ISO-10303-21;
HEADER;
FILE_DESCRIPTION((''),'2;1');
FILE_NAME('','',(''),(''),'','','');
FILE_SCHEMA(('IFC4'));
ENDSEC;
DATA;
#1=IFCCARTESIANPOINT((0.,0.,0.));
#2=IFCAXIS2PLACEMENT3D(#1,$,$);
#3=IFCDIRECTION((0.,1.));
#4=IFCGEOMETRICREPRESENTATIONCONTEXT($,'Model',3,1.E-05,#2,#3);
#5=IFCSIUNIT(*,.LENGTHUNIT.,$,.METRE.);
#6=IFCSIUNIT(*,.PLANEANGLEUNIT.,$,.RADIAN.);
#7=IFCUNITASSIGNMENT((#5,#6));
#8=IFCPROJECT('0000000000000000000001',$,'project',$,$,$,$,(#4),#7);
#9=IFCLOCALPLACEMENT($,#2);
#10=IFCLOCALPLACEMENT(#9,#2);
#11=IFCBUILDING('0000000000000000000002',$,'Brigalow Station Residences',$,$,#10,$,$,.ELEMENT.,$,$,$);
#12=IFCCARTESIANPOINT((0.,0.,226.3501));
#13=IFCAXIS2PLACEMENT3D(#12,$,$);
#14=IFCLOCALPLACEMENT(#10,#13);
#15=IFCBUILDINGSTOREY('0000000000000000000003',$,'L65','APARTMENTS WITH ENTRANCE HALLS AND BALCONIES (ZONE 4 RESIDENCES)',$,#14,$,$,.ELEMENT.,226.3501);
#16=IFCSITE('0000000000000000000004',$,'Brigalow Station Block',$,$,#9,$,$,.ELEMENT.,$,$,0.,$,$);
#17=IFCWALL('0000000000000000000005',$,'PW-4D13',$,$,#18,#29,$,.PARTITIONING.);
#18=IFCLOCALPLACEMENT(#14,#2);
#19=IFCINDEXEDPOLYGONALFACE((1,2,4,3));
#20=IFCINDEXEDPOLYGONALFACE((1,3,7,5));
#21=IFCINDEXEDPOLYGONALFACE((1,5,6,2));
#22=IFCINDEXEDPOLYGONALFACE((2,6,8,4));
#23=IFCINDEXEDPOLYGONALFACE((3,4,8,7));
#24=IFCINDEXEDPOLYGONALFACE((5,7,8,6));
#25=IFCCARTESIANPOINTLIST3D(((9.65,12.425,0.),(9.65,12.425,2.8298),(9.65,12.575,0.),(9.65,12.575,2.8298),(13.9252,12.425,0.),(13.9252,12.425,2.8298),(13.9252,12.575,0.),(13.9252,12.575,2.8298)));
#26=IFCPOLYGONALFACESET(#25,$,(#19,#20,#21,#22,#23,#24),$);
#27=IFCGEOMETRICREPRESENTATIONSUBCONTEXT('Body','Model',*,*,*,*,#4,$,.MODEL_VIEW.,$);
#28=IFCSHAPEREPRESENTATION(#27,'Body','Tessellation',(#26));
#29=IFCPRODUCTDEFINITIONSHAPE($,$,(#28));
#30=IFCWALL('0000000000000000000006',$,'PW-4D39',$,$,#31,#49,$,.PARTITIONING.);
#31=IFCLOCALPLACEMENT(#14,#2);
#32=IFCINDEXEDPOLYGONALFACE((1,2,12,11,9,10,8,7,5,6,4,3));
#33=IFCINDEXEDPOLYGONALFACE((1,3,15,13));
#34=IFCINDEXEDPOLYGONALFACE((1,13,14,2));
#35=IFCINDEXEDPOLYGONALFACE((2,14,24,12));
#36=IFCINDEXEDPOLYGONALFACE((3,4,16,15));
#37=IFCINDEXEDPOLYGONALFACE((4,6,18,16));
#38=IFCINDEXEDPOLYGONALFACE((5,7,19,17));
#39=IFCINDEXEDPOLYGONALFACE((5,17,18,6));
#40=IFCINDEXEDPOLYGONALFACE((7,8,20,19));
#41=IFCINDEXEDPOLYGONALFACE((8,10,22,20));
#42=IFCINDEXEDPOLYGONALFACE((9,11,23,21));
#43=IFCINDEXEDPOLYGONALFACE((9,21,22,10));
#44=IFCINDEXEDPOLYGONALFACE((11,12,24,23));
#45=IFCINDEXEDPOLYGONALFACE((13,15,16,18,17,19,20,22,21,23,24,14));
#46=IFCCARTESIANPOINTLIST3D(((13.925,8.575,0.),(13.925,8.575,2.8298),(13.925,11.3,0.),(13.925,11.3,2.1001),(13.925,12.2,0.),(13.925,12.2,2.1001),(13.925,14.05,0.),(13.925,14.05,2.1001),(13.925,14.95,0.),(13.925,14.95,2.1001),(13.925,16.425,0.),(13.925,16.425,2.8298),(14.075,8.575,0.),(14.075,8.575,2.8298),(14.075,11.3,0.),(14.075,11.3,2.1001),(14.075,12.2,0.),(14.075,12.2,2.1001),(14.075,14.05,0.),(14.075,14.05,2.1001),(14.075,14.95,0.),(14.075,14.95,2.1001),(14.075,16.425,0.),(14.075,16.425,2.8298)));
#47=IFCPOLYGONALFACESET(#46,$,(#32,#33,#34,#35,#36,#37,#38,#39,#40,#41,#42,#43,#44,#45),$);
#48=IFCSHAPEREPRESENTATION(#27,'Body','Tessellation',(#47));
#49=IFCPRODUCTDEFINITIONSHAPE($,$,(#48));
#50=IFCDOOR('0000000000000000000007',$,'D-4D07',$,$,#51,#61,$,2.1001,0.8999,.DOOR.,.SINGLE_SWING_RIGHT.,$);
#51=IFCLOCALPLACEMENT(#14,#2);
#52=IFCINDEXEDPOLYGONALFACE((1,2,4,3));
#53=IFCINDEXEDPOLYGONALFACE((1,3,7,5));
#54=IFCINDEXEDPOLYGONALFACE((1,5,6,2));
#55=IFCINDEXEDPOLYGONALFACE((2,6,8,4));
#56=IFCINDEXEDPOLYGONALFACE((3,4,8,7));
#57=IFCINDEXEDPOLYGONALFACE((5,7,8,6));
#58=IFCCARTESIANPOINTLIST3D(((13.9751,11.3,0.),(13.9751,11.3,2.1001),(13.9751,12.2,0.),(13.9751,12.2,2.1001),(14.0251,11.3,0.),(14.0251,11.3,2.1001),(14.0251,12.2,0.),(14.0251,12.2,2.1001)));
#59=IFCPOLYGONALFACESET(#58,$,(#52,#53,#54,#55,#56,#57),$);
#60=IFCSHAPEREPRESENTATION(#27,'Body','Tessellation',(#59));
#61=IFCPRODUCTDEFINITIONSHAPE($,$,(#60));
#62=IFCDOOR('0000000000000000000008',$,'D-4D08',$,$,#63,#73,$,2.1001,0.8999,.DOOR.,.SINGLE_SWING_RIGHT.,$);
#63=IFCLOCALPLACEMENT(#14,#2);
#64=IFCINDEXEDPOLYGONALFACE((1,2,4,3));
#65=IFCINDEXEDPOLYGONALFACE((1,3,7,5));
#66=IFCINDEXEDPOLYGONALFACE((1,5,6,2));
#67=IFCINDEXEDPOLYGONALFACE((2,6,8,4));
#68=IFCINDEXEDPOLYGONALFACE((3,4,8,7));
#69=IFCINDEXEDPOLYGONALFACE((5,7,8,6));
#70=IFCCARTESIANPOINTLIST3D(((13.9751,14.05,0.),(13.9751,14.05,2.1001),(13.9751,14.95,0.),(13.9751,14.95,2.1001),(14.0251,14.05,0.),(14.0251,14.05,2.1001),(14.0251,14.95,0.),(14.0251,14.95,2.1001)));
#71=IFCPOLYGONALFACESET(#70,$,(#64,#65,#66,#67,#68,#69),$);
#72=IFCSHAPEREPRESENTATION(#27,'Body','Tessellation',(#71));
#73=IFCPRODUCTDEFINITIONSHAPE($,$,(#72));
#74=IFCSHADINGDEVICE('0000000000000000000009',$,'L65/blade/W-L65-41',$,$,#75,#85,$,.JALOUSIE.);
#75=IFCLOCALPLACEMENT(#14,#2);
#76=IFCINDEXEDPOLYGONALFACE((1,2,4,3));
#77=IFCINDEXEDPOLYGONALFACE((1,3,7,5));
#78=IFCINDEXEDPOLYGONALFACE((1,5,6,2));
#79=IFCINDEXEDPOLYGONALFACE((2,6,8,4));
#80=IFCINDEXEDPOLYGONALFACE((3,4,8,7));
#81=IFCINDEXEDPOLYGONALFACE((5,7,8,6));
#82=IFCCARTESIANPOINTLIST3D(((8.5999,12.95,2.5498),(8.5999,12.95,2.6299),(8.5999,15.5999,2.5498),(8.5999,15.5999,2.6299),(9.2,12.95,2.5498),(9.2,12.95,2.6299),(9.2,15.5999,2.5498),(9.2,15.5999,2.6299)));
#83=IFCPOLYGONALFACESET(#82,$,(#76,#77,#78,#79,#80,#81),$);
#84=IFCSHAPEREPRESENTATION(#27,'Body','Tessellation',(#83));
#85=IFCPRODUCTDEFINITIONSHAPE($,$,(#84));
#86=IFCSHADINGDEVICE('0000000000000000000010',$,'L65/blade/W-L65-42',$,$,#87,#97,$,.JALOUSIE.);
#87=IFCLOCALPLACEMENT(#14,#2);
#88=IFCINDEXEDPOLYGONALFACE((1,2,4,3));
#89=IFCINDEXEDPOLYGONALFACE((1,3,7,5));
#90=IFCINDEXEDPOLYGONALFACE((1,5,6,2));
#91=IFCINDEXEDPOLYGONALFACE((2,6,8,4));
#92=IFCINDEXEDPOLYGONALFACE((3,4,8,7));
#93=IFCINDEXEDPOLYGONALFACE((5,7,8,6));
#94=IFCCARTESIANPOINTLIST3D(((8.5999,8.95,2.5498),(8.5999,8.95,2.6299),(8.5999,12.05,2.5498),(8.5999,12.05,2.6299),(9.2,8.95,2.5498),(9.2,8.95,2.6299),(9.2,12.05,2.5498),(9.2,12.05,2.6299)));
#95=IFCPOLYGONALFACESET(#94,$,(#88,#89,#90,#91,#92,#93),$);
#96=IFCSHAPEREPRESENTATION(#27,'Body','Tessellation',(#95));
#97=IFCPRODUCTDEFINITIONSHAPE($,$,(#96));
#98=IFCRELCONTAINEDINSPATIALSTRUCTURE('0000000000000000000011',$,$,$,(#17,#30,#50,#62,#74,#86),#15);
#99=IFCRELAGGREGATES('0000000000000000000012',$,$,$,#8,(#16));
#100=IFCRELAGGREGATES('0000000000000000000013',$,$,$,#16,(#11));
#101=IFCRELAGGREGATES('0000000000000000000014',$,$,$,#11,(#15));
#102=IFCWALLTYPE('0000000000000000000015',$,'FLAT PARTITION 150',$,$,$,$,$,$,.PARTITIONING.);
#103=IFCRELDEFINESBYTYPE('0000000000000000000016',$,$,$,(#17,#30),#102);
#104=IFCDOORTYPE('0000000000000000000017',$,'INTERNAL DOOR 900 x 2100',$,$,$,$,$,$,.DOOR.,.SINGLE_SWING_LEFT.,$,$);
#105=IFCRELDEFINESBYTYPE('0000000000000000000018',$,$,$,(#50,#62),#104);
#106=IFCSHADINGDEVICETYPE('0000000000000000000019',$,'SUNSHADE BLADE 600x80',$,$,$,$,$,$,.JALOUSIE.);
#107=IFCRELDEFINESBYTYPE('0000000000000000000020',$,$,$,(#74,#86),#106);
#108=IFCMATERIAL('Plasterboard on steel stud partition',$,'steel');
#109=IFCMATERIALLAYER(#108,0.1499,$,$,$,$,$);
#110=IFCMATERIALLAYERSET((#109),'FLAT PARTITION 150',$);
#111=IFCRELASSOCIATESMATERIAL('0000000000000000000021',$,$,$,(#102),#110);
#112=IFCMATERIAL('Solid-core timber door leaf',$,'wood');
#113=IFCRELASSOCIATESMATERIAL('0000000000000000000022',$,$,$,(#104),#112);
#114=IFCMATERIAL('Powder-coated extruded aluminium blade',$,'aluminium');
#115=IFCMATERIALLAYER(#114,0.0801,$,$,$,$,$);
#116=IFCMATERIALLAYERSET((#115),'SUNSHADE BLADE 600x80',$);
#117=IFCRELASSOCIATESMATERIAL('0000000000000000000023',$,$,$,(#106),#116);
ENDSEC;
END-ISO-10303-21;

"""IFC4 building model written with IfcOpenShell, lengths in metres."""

from ifc_helpers import new_model, si_unit, direction, frame, frame_2d, origin, origin_2d, place, context, subcontext, project, spatial, rectangle, extrude, material, layer, layer_set, type_object, element, fill, save


model = new_model("IFC4")

# Units and contexts
model_context = context("Model", 3, precision=1e-05, world=origin(), true_north=direction((0.0, 1.0)))
body_context = subcontext(model_context, "Body", "Model", "MODEL_VIEW")
ifc_project = project(units=[si_unit("LENGTHUNIT", "METRE"), si_unit("PLANEANGLEUNIT", "RADIAN")], contexts=[model_context])

# Site, building, storey
site_placement = place(None, origin())
site = spatial("IfcSite", under=ifc_project, at=site_placement, Name="Brigalow Station Block", CompositionType="ELEMENT", RefElevation=0.0)
building_placement = place(site_placement, origin())
building = spatial("IfcBuilding", under=site, at=building_placement, Name="Brigalow Station Residences", CompositionType="ELEMENT")
storey_placement = place(building_placement, frame((0.0, 0.0, 226.3501)))
storey = spatial("IfcBuildingStorey", under=building, at=storey_placement, Name="L65", Description="APARTMENTS WITH ENTRANCE HALLS AND BALCONIES (ZONE 4 RESIDENCES)", CompositionType="ELEMENT", Elevation=226.3501)

# Shared definitions
ifc_material_1 = material(Name="Plasterboard on steel stud partition", Category="steel")
ifc_layer_1 = layer(ifc_material_1, 0.1499)
ifc_layer_set_1 = layer_set([ifc_layer_1], Name="FLAT PARTITION 150")
wall_type_1 = type_object("IfcWallType", Name="FLAT PARTITION 150", PredefinedType="PARTITIONING", material=ifc_layer_set_1)
ifc_material_2 = material(Name="Solid-core timber door leaf", Category="wood")
door_type_1 = type_object("IfcDoorType", Name="INTERNAL DOOR 900 x 2100", OperationType="SINGLE_SWING_LEFT", PredefinedType="DOOR", material=ifc_material_2)

# Wall
wall_1_placement = place(storey_placement, frame((9.6499, 12.5, 0.0), z_axis=(0.0, 0.0, 1.0), x_axis=(1.0, 0.0, 0.0)))
element("IfcWall", 1, at=wall_1_placement, inside=storey, type_object=wall_type_1, Name="PW-4D13", PredefinedType="PARTITIONING", context=body_context, shape_type="SweptSolid", body=[
    extrude(rectangle(XDim=4.2751, YDim=0.1499, at=frame_2d((2.1377, 0.0))), origin(), (0.0, 0.0, 1.0), 2.8298),
])

# Wall, openings, doors
wall_2_placement = place(storey_placement, frame((14.0, 8.575, 0.0), z_axis=(0.0, 0.0, 1.0), x_axis=(0.0, 1.0, 0.0)))
wall_2 = element("IfcWall", 2, at=wall_2_placement, inside=storey, type_object=wall_type_1, Name="PW-4D39", PredefinedType="PARTITIONING", context=body_context, shape_type="SweptSolid", body=[
    extrude(rectangle(XDim=7.8501, YDim=0.1499, at=frame_2d((3.925, 0.0))), origin(), (0.0, 0.0, 1.0), 2.8298),
])
opening_1_placement = place(wall_2_placement, frame((2.7251, 0.0, 0.0)))
opening_1 = element("IfcOpeningElement", 3, at=opening_1_placement, cuts=wall_2, PredefinedType="OPENING", context=body_context, shape_type="SweptSolid", body=[
    extrude(rectangle(XDim=0.8999, YDim=2.1001, at=frame_2d((0.45, 1.05))), frame((0.0, 0.085, 0.0), z_axis=(0.0, -1.0, 0.0), x_axis=(1.0, 0.0, 0.0)), (0.0, 0.0, 1.0), 0.1699),
])
opening_2_placement = place(wall_2_placement, frame((5.4751, 0.0, 0.0)))
opening_2 = element("IfcOpeningElement", 4, at=opening_2_placement, cuts=wall_2, PredefinedType="OPENING", context=body_context, shape_type="SweptSolid", body=[
    extrude(rectangle(XDim=0.8999, YDim=2.1001, at=frame_2d((0.45, 1.05))), frame((0.0, 0.085, 0.0), z_axis=(0.0, -1.0, 0.0), x_axis=(1.0, 0.0, 0.0)), (0.0, 0.0, 1.0), 0.1699),
])
door_1_placement = place(opening_1_placement, origin())
door_1 = element("IfcDoor", 5, at=door_1_placement, inside=storey, type_object=door_type_1, Name="D-4D07", OperationType="SINGLE_SWING_RIGHT", OverallHeight=2.1001, OverallWidth=0.8999, PredefinedType="DOOR", context=body_context, shape_type="SweptSolid", body=[
    extrude(rectangle(XDim=0.8999, YDim=2.1001, at=frame_2d((0.45, 1.05))), frame((0.0, 0.0249, 0.0), z_axis=(0.0, -1.0, 0.0), x_axis=(1.0, 0.0, 0.0)), (0.0, 0.0, 1.0), 0.05),
])
fill(opening_1, door_1)
door_2_placement = place(opening_2_placement, origin())
door_2 = element("IfcDoor", 6, at=door_2_placement, inside=storey, type_object=door_type_1, Name="D-4D08", OperationType="SINGLE_SWING_RIGHT", OverallHeight=2.1001, OverallWidth=0.8999, PredefinedType="DOOR", context=body_context, shape_type="SweptSolid", body=[
    extrude(rectangle(XDim=0.8999, YDim=2.1001, at=frame_2d((0.45, 1.05))), frame((0.0, 0.0249, 0.0), z_axis=(0.0, -1.0, 0.0), x_axis=(1.0, 0.0, 0.0)), (0.0, 0.0, 1.0), 0.05),
])
fill(opening_2, door_2)

# Shading devices
ifc_material_3 = material(Name="Powder-coated extruded aluminium blade", Category="aluminium")
ifc_layer_2 = layer(ifc_material_3, 0.0801)
ifc_layer_set_2 = layer_set([ifc_layer_2], Name="SUNSHADE BLADE 600x80")
shading_device_type = type_object("IfcShadingDeviceType", Name="SUNSHADE BLADE 600x80", PredefinedType="JALOUSIE", material=ifc_layer_set_2)
shading_device_1_placement = place(storey_placement, frame((8.8999, 14.2749, 2.5498), z_axis=(0.0, 0.0, 1.0), x_axis=(0.0, -1.0, 0.0)))
element("IfcShadingDevice", 7, at=shading_device_1_placement, inside=storey, type_object=shading_device_type, Name="L65/blade/W-L65-41", PredefinedType="JALOUSIE", context=body_context, shape_type="SweptSolid", body=[
    extrude(rectangle(XDim=2.6499, YDim=0.6001, at=origin_2d()), origin(), (0.0, 0.0, 1.0), 0.0801),
])
shading_device_2_placement = place(storey_placement, frame((8.8999, 10.5, 2.5498), z_axis=(0.0, 0.0, 1.0), x_axis=(0.0, -1.0, 0.0)))
element("IfcShadingDevice", 8, at=shading_device_2_placement, inside=storey, type_object=shading_device_type, Name="L65/blade/W-L65-42", PredefinedType="JALOUSIE", context=body_context, shape_type="SweptSolid", body=[
    extrude(rectangle(XDim=3.1001, YDim=0.6001, at=origin_2d()), origin(), (0.0, 0.0, 1.0), 0.0801),
])

save(model, "model.ifc")
